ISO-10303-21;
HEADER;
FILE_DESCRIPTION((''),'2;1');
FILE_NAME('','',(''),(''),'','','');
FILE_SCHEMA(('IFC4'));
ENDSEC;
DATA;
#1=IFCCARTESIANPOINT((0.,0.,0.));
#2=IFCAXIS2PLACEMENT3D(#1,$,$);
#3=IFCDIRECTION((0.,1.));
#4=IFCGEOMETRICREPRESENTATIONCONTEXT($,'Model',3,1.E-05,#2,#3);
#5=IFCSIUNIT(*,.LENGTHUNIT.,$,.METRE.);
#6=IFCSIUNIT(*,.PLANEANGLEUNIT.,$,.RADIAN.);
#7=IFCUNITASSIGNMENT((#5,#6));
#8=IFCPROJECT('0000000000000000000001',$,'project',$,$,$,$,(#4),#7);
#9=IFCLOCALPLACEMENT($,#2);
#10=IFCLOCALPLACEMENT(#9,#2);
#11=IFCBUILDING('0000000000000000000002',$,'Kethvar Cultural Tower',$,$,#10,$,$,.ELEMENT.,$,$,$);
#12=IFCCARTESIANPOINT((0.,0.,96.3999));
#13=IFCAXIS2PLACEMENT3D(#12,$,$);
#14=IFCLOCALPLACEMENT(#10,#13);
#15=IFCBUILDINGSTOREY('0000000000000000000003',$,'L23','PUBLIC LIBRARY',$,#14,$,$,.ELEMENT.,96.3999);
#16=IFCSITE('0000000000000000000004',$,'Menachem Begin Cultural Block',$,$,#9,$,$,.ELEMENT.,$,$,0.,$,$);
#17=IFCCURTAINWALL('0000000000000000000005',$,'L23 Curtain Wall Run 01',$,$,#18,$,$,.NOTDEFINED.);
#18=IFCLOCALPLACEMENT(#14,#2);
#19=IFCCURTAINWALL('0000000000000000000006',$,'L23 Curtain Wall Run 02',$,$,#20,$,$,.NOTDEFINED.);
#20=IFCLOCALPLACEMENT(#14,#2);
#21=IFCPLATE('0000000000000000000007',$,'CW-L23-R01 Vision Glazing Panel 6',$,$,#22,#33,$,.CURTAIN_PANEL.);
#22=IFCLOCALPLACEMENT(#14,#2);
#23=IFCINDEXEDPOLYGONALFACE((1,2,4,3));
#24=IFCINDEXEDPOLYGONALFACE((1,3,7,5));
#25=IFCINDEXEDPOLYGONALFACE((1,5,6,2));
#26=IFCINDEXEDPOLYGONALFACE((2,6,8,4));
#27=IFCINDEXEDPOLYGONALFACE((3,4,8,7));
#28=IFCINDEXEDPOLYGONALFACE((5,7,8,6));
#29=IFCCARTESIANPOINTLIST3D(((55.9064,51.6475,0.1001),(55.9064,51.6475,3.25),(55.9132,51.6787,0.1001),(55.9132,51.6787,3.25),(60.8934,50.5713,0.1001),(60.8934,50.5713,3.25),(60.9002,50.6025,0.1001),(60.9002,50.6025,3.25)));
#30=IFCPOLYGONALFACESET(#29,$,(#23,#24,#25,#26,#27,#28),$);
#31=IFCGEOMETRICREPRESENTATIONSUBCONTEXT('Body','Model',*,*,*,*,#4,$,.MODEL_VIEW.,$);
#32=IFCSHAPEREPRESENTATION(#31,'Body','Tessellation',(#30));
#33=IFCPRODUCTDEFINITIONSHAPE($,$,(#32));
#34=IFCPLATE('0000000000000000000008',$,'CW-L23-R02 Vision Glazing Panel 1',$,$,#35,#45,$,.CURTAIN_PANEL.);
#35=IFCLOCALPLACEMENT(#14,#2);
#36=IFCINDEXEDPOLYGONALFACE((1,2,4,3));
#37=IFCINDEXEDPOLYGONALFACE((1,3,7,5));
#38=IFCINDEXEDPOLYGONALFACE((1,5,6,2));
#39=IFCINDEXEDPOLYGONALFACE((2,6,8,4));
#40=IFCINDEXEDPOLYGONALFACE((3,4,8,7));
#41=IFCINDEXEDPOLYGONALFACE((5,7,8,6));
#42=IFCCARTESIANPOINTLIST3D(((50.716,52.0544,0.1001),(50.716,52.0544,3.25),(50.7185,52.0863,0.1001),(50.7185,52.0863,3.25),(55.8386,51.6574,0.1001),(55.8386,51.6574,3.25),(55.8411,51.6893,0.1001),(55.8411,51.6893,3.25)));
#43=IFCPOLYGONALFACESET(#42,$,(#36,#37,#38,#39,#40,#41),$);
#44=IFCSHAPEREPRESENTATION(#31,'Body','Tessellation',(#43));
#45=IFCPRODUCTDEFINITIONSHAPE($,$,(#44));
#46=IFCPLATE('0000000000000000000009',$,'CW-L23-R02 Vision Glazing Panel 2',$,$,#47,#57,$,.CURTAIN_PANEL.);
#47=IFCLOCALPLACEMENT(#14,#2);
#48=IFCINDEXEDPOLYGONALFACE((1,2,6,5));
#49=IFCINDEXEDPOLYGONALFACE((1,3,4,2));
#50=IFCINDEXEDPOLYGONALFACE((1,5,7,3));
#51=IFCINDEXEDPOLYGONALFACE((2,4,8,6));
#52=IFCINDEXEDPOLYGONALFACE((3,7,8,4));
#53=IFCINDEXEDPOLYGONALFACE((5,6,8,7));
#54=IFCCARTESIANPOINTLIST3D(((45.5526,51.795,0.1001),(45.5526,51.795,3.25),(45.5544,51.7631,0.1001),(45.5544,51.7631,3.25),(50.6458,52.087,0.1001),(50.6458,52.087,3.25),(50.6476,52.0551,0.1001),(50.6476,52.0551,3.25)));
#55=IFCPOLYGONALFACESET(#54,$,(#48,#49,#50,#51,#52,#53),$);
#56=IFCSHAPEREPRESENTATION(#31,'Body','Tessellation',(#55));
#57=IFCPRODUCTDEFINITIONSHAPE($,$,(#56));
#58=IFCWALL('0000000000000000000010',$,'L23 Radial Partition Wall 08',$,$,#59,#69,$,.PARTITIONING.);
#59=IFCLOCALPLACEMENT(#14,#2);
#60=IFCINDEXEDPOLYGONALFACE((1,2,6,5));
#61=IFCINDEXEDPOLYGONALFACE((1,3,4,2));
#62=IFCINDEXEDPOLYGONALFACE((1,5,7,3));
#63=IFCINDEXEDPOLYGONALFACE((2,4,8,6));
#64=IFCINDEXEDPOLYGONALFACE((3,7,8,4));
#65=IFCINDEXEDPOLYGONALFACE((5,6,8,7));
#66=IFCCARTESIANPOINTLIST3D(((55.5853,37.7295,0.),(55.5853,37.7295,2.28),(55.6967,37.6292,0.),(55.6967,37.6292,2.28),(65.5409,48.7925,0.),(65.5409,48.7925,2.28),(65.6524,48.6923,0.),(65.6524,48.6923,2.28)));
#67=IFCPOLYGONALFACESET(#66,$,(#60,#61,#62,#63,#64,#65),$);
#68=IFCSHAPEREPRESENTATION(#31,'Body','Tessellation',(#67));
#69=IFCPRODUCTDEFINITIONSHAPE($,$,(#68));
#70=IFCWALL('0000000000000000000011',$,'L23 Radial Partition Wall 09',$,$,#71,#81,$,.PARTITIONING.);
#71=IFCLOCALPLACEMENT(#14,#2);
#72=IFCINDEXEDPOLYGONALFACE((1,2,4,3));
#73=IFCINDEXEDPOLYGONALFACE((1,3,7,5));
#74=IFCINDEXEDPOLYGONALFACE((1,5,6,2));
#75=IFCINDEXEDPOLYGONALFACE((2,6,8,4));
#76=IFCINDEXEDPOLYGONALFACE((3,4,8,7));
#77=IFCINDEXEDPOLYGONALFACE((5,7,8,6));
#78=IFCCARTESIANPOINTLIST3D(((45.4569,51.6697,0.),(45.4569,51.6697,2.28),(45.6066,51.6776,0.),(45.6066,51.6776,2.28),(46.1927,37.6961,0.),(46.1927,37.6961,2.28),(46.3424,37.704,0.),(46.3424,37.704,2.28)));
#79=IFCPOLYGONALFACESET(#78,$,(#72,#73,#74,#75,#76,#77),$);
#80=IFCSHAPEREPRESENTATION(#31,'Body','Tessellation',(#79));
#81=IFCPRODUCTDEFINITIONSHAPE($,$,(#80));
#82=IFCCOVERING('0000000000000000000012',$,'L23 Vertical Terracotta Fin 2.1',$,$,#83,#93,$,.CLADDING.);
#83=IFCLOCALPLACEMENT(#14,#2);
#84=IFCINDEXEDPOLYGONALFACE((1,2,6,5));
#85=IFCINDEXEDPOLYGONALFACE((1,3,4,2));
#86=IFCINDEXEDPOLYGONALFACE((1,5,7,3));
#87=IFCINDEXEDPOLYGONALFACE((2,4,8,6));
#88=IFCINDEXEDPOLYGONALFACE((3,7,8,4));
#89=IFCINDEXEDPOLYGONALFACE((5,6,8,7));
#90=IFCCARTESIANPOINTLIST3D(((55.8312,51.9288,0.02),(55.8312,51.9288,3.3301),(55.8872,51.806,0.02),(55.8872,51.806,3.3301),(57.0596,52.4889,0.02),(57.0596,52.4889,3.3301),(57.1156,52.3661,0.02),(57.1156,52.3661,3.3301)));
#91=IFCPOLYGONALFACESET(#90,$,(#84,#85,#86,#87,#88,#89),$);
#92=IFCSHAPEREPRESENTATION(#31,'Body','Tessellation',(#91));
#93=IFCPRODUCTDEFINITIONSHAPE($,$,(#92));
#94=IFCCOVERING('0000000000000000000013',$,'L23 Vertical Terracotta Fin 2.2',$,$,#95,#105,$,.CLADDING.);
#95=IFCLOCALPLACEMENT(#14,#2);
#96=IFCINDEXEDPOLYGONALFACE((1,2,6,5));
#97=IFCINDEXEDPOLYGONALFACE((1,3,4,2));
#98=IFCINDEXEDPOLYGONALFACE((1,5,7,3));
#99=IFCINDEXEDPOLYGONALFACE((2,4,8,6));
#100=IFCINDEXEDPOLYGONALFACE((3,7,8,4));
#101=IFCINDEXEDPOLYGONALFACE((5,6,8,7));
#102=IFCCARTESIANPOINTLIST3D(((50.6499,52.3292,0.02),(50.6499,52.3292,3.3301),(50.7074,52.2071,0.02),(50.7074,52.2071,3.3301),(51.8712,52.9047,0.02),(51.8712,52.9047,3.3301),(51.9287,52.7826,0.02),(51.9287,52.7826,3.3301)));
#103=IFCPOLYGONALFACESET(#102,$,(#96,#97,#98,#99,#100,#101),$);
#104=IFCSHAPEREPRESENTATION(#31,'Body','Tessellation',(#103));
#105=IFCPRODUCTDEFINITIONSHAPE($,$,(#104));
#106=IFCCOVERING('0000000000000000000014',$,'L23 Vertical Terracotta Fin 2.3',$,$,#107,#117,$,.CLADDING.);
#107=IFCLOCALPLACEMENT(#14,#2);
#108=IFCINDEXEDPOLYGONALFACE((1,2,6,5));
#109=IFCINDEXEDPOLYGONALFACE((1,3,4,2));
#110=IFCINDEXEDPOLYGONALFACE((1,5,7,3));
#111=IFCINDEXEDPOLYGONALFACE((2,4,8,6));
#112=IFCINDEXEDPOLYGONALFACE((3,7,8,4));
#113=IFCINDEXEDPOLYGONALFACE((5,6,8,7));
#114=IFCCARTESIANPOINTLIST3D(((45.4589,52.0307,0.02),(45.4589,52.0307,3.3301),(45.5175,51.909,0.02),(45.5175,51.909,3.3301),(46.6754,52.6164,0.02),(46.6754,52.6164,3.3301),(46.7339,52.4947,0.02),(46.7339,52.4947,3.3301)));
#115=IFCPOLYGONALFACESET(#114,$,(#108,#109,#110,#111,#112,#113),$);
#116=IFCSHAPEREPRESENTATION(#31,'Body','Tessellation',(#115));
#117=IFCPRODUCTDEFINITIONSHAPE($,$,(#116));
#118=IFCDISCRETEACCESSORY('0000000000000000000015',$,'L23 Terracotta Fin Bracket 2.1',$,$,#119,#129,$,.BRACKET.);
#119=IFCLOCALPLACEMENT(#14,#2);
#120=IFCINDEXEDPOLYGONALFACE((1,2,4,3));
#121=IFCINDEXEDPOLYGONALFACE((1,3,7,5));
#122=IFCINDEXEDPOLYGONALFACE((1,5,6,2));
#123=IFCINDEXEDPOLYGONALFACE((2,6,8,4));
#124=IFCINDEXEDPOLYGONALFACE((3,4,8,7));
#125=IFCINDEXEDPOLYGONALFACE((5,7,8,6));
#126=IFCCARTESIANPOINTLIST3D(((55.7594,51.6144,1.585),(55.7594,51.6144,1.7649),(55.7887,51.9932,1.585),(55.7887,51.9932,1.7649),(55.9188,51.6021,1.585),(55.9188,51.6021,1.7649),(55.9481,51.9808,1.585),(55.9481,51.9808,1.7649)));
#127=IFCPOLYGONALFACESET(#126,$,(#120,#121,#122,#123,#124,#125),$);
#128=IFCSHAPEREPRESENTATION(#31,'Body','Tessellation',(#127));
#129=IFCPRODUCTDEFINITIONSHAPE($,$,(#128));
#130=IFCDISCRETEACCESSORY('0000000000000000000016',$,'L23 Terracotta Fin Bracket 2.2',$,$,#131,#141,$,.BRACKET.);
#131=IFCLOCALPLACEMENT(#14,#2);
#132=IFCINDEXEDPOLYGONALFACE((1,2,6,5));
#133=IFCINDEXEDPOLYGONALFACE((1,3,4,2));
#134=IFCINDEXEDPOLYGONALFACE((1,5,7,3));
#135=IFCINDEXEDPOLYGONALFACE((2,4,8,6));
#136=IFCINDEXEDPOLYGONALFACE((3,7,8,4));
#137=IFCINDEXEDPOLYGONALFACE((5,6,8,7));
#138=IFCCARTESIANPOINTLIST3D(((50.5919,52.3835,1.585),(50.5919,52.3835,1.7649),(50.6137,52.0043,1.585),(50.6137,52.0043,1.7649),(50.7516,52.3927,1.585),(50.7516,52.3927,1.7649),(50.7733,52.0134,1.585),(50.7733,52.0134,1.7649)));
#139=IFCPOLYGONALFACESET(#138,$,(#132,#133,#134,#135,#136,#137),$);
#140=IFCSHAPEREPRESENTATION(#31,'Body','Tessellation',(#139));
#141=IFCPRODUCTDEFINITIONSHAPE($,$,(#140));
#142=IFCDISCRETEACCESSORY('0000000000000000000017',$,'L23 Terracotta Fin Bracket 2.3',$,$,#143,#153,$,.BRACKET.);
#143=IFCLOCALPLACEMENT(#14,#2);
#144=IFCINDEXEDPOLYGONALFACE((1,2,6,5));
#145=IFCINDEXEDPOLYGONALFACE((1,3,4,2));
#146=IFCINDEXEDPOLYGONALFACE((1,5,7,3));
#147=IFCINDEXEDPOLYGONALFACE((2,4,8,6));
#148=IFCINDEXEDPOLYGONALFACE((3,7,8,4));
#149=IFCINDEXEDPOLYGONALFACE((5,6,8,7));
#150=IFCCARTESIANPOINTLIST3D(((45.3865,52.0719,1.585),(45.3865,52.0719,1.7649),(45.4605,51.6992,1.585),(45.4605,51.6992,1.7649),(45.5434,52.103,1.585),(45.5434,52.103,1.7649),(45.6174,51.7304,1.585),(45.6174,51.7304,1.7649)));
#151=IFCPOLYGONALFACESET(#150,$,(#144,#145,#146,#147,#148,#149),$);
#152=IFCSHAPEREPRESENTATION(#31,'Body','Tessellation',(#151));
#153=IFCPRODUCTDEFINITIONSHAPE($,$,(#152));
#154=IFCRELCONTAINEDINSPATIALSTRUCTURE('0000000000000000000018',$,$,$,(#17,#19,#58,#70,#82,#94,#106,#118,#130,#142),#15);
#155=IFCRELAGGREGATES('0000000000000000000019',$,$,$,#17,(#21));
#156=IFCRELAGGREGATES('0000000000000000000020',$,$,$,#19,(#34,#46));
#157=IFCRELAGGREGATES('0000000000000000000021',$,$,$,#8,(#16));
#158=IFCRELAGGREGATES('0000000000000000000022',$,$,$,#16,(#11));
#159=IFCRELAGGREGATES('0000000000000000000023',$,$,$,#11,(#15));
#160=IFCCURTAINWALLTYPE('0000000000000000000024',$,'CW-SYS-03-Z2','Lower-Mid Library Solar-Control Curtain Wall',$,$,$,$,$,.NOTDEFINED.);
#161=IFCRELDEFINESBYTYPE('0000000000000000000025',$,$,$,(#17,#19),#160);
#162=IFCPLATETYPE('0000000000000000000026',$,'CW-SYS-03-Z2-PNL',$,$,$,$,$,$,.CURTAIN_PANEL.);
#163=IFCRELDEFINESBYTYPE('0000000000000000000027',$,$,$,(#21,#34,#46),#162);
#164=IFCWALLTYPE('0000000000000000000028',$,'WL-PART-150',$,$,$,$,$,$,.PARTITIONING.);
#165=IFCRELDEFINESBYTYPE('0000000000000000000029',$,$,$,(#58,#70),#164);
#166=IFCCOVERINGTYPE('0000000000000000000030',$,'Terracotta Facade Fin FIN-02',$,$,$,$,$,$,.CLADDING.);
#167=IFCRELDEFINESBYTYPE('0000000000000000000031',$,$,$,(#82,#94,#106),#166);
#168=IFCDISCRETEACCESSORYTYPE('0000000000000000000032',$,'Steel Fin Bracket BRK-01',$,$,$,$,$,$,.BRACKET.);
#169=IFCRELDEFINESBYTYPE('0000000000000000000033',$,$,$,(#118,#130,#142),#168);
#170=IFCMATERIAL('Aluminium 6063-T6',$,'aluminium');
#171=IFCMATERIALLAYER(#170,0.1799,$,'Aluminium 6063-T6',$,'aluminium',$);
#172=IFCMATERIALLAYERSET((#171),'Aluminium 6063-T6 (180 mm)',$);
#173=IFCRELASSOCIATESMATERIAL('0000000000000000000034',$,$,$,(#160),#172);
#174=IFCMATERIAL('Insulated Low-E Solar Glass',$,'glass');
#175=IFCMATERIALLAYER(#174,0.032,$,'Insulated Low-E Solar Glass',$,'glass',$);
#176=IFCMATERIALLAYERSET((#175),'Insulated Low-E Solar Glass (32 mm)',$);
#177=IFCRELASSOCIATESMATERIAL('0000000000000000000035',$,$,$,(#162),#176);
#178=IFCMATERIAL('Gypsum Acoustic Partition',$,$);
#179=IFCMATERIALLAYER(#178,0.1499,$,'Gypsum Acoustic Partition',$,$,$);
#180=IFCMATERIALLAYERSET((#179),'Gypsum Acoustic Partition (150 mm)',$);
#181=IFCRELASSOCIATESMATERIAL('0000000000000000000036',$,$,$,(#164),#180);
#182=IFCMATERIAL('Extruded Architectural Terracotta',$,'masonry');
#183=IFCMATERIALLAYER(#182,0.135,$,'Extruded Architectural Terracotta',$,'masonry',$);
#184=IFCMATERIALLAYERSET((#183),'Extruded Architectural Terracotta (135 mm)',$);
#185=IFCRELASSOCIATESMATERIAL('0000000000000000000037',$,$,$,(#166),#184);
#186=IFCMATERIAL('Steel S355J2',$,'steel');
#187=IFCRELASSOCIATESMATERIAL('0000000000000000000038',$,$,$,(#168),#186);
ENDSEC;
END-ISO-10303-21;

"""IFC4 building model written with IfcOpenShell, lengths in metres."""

from ifc_helpers import new_model, si_unit, direction, frame, frame_2d, origin, origin_2d, place, context, subcontext, project, spatial, rectangle, extrude, source, transform, mapped, material, layer, layer_set, type_object, element, aggregate, save


model = new_model("IFC4")

# Units and contexts
model_context = context("Model", 3, precision=1e-05, world=origin(), true_north=direction((0.0, 1.0)))
body_context = subcontext(model_context, "Body", "Model", "MODEL_VIEW")
ifc_project = project(units=[si_unit("LENGTHUNIT", "METRE"), si_unit("PLANEANGLEUNIT", "RADIAN")], contexts=[model_context])

# Site, building, storey
site_placement = place(None, origin())
site = spatial("IfcSite", under=ifc_project, at=site_placement, Name="Menachem Begin Cultural Block", CompositionType="ELEMENT", RefElevation=0.0)
building_placement = place(site_placement, origin())
building = spatial("IfcBuilding", under=site, at=building_placement, Name="Kethvar Cultural Tower", CompositionType="ELEMENT")
storey_placement = place(building_placement, frame((0.0, 0.0, 96.3999)))
storey = spatial("IfcBuildingStorey", under=building, at=storey_placement, Name="L23", Description="PUBLIC LIBRARY", CompositionType="ELEMENT", Elevation=96.3999)

# Shared definitions
ifc_material_1 = material(Name="Steel S355J2", Category="steel")

# Curtain wall
ifc_material_2 = material(Name="Aluminium 6063-T6", Category="aluminium")
ifc_layer_1 = layer(ifc_material_2, 0.1799, Name="Aluminium 6063-T6", Category="aluminium")
ifc_layer_set_1 = layer_set([ifc_layer_1], Name="Aluminium 6063-T6 (180 mm)")
curtain_wall_type = type_object("IfcCurtainWallType", Name="CW-SYS-03-Z2", Description="Lower-Mid Library Solar-Control Curtain Wall", PredefinedType="NOTDEFINED", material=ifc_layer_set_1)
curtain_wall_1_placement = place(storey_placement, origin())
curtain_wall_1 = element("IfcCurtainWall", 1, at=curtain_wall_1_placement, inside=storey, type_object=curtain_wall_type, Name="L23 Curtain Wall Run 01", PredefinedType="NOTDEFINED")

# Curtain wall
curtain_wall_2_placement = place(storey_placement, origin())
curtain_wall_2 = element("IfcCurtainWall", 2, at=curtain_wall_2_placement, inside=storey, type_object=curtain_wall_type, Name="L23 Curtain Wall Run 02", PredefinedType="NOTDEFINED")

# Plates
ifc_material_3 = material(Name="Insulated Low-E Solar Glass", Category="glass")
ifc_layer_2 = layer(ifc_material_3, 0.032, Name="Insulated Low-E Solar Glass", Category="glass")
ifc_layer_set_2 = layer_set([ifc_layer_2], Name="Insulated Low-E Solar Glass (32 mm)")
plate_type = type_object("IfcPlateType", Name="CW-SYS-03-Z2-PNL", PredefinedType="CURTAIN_PANEL", material=ifc_layer_set_2)
shared_shape_1 = source(origin(), body_context, "Body", "SweptSolid", [
    extrude(rectangle(XDim=5.1018, YDim=0.032, at=origin_2d()), origin(), (0.0, 0.0, 1.0), 3.1499),
])
plate_1_placement = place(storey_placement, frame((58.4033, 51.125, 0.1001), z_axis=(0.0, 0.0, 1.0), x_axis=(-0.977497, 0.210949, 0.0)))
plate_1 = element("IfcPlate", 3, at=plate_1_placement, type_object=plate_type, Name="CW-L23-R01 Vision Glazing Panel 6", PredefinedType="CURTAIN_PANEL", context=body_context, shape_type="MappedRepresentation", body=[
    mapped(shared_shape_1, transform((0.0, 0.0, 0.0), scale=1.0)),
])
aggregate(curtain_wall_1, [plate_1])
shared_shape_2 = source(origin(), body_context, "Body", "SweptSolid", [
    extrude(rectangle(XDim=5.1379, YDim=0.032, at=origin_2d()), origin(), (0.0, 0.0, 1.0), 3.1499),
])
plate_2_placement = place(storey_placement, frame((53.2786, 51.8718, 0.1001), z_axis=(0.0, 0.0, 1.0), x_axis=(-0.99701, 0.077276, 0.0)))
plate_2 = element("IfcPlate", 4, at=plate_2_placement, type_object=plate_type, Name="CW-L23-R02 Vision Glazing Panel 1", PredefinedType="CURTAIN_PANEL", context=body_context, shape_type="MappedRepresentation", body=[
    mapped(shared_shape_2, transform((0.0, 0.0, 0.0), scale=1.0)),
])
shared_shape_3 = source(origin(), body_context, "Body", "SweptSolid", [
    extrude(rectangle(XDim=5.1016, YDim=0.032, at=origin_2d()), origin(), (0.0, 0.0, 1.0), 3.1499),
])
plate_3_placement = place(storey_placement, frame((48.1001, 51.925, 0.1001), z_axis=(0.0, 0.0, 1.0), x_axis=(-0.99836, -0.05725, 0.0)))
plate_3 = element("IfcPlate", 5, at=plate_3_placement, type_object=plate_type, Name="CW-L23-R02 Vision Glazing Panel 2", PredefinedType="CURTAIN_PANEL", context=body_context, shape_type="MappedRepresentation", body=[
    mapped(shared_shape_3, transform((0.0, 0.0, 0.0), scale=1.0)),
])
aggregate(curtain_wall_2, [plate_2, plate_3])

# Walls
ifc_material_4 = material(Name="Gypsum Acoustic Partition")
ifc_layer_3 = layer(ifc_material_4, 0.1499, Name="Gypsum Acoustic Partition")
ifc_layer_set_3 = layer_set([ifc_layer_3], Name="Gypsum Acoustic Partition (150 mm)")
wall_type_1 = type_object("IfcWallType", Name="WL-PART-150", PredefinedType="PARTITIONING", material=ifc_layer_set_3)
wall_1_placement = place(storey_placement, frame((55.6411, 37.6794, 0.0), z_axis=(0.0, 0.0, 1.0), x_axis=(0.668923, 0.743332, 0.0)))
element("IfcWall", 6, at=wall_1_placement, inside=storey, type_object=wall_type_1, Name="L23 Radial Partition Wall 08", PredefinedType="PARTITIONING", context=body_context, shape_type="SweptSolid", body=[
    extrude(rectangle(XDim=14.8831, YDim=0.1499, at=frame_2d((7.4414, 0.0))), origin(), (0.0, 0.0, 1.0), 2.28),
])
wall_2_placement = place(storey_placement, frame((46.2676, 37.7, 0.0), z_axis=(0.0, 0.0, 1.0), x_axis=(-0.052586, 0.998616, 0.0)))
element("IfcWall", 7, at=wall_2_placement, inside=storey, type_object=wall_type_1, Name="L23 Radial Partition Wall 09", PredefinedType="PARTITIONING", context=body_context, shape_type="SweptSolid", body=[
    extrude(rectangle(XDim=13.9929, YDim=0.1499, at=frame_2d((6.9966, 0.0))), origin(), (0.0, 0.0, 1.0), 2.28),
])

# Coverings
ifc_material_5 = material(Name="Extruded Architectural Terracotta", Category="masonry")
ifc_layer_4 = layer(ifc_material_5, 0.135, Name="Extruded Architectural Terracotta", Category="masonry")
ifc_layer_set_4 = layer_set([ifc_layer_4], Name="Extruded Architectural Terracotta (135 mm)")
covering_type = type_object("IfcCoveringType", Name="Terracotta Facade Fin FIN-02", PredefinedType="CLADDING", material=ifc_layer_set_4)
shared_shape_4 = source(origin(), body_context, "Body", "SweptSolid", [
    extrude(rectangle(XDim=1.3501, YDim=0.135, at=origin_2d()), origin(), (0.0, 0.0, 1.0), 3.3101),
])
for number, where, z_axis, x_axis, name in (
    (8, (56.4734, 52.1475, 0.02), (0.0, 0.0, 1.0), (0.909889, 0.414852, 0.0), "L23 Vertical Terracotta Fin 2.1"),
    (9, (51.2893, 52.5559, 0.02), (0.0, 0.0, 1.0), (0.904604, 0.426253, 0.0), "L23 Vertical Terracotta Fin 2.2"),
    (10, (46.0964, 52.2627, 0.02), (0.0, 0.0, 1.0), (0.901001, 0.433816, 0.0), "L23 Vertical Terracotta Fin 2.3"),
):
    element("IfcCovering", number, at=place(storey_placement, frame(where, z_axis=z_axis, x_axis=x_axis)), inside=storey, type_object=covering_type, Name=name, PredefinedType="CLADDING", context=body_context, shape_type="MappedRepresentation", body=[
        mapped(shared_shape_4, transform((0.0, 0.0, 0.0), scale=1.0)),
    ])

# Discrete accessories
discrete_accessory_type = type_object("IfcDiscreteAccessoryType", Name="Steel Fin Bracket BRK-01", PredefinedType="BRACKET", material=ifc_material_1)
shared_shape_5 = source(origin(), body_context, "Body", "SweptSolid", [
    extrude(rectangle(XDim=0.3799, YDim=0.1599, at=origin_2d()), origin(), (0.0, 0.0, 1.0), 0.1799),
])
for number, where, z_axis, x_axis, name in (
    (11, (55.8538, 51.7976, 1.585), (0.0, 0.0, 1.0), (0.077241, 0.997012, 0.0), "L23 Terracotta Fin Bracket 2.1"),
    (12, (50.6826, 52.1985, 1.585), (0.0, 0.0, 1.0), (-0.057216, 0.998362, 0.0), "L23 Terracotta Fin Bracket 2.2"),
    (13, (45.502, 51.9011, 1.585), (0.0, 0.0, 1.0), (-0.194748, 0.980853, 0.0), "L23 Terracotta Fin Bracket 2.3"),
):
    element("IfcDiscreteAccessory", number, at=place(storey_placement, frame(where, z_axis=z_axis, x_axis=x_axis)), inside=storey, type_object=discrete_accessory_type, Name=name, PredefinedType="BRACKET", context=body_context, shape_type="MappedRepresentation", body=[
        mapped(shared_shape_5, transform((0.0, 0.0, 0.0), scale=1.0)),
    ])

save(model, "model.ifc")
